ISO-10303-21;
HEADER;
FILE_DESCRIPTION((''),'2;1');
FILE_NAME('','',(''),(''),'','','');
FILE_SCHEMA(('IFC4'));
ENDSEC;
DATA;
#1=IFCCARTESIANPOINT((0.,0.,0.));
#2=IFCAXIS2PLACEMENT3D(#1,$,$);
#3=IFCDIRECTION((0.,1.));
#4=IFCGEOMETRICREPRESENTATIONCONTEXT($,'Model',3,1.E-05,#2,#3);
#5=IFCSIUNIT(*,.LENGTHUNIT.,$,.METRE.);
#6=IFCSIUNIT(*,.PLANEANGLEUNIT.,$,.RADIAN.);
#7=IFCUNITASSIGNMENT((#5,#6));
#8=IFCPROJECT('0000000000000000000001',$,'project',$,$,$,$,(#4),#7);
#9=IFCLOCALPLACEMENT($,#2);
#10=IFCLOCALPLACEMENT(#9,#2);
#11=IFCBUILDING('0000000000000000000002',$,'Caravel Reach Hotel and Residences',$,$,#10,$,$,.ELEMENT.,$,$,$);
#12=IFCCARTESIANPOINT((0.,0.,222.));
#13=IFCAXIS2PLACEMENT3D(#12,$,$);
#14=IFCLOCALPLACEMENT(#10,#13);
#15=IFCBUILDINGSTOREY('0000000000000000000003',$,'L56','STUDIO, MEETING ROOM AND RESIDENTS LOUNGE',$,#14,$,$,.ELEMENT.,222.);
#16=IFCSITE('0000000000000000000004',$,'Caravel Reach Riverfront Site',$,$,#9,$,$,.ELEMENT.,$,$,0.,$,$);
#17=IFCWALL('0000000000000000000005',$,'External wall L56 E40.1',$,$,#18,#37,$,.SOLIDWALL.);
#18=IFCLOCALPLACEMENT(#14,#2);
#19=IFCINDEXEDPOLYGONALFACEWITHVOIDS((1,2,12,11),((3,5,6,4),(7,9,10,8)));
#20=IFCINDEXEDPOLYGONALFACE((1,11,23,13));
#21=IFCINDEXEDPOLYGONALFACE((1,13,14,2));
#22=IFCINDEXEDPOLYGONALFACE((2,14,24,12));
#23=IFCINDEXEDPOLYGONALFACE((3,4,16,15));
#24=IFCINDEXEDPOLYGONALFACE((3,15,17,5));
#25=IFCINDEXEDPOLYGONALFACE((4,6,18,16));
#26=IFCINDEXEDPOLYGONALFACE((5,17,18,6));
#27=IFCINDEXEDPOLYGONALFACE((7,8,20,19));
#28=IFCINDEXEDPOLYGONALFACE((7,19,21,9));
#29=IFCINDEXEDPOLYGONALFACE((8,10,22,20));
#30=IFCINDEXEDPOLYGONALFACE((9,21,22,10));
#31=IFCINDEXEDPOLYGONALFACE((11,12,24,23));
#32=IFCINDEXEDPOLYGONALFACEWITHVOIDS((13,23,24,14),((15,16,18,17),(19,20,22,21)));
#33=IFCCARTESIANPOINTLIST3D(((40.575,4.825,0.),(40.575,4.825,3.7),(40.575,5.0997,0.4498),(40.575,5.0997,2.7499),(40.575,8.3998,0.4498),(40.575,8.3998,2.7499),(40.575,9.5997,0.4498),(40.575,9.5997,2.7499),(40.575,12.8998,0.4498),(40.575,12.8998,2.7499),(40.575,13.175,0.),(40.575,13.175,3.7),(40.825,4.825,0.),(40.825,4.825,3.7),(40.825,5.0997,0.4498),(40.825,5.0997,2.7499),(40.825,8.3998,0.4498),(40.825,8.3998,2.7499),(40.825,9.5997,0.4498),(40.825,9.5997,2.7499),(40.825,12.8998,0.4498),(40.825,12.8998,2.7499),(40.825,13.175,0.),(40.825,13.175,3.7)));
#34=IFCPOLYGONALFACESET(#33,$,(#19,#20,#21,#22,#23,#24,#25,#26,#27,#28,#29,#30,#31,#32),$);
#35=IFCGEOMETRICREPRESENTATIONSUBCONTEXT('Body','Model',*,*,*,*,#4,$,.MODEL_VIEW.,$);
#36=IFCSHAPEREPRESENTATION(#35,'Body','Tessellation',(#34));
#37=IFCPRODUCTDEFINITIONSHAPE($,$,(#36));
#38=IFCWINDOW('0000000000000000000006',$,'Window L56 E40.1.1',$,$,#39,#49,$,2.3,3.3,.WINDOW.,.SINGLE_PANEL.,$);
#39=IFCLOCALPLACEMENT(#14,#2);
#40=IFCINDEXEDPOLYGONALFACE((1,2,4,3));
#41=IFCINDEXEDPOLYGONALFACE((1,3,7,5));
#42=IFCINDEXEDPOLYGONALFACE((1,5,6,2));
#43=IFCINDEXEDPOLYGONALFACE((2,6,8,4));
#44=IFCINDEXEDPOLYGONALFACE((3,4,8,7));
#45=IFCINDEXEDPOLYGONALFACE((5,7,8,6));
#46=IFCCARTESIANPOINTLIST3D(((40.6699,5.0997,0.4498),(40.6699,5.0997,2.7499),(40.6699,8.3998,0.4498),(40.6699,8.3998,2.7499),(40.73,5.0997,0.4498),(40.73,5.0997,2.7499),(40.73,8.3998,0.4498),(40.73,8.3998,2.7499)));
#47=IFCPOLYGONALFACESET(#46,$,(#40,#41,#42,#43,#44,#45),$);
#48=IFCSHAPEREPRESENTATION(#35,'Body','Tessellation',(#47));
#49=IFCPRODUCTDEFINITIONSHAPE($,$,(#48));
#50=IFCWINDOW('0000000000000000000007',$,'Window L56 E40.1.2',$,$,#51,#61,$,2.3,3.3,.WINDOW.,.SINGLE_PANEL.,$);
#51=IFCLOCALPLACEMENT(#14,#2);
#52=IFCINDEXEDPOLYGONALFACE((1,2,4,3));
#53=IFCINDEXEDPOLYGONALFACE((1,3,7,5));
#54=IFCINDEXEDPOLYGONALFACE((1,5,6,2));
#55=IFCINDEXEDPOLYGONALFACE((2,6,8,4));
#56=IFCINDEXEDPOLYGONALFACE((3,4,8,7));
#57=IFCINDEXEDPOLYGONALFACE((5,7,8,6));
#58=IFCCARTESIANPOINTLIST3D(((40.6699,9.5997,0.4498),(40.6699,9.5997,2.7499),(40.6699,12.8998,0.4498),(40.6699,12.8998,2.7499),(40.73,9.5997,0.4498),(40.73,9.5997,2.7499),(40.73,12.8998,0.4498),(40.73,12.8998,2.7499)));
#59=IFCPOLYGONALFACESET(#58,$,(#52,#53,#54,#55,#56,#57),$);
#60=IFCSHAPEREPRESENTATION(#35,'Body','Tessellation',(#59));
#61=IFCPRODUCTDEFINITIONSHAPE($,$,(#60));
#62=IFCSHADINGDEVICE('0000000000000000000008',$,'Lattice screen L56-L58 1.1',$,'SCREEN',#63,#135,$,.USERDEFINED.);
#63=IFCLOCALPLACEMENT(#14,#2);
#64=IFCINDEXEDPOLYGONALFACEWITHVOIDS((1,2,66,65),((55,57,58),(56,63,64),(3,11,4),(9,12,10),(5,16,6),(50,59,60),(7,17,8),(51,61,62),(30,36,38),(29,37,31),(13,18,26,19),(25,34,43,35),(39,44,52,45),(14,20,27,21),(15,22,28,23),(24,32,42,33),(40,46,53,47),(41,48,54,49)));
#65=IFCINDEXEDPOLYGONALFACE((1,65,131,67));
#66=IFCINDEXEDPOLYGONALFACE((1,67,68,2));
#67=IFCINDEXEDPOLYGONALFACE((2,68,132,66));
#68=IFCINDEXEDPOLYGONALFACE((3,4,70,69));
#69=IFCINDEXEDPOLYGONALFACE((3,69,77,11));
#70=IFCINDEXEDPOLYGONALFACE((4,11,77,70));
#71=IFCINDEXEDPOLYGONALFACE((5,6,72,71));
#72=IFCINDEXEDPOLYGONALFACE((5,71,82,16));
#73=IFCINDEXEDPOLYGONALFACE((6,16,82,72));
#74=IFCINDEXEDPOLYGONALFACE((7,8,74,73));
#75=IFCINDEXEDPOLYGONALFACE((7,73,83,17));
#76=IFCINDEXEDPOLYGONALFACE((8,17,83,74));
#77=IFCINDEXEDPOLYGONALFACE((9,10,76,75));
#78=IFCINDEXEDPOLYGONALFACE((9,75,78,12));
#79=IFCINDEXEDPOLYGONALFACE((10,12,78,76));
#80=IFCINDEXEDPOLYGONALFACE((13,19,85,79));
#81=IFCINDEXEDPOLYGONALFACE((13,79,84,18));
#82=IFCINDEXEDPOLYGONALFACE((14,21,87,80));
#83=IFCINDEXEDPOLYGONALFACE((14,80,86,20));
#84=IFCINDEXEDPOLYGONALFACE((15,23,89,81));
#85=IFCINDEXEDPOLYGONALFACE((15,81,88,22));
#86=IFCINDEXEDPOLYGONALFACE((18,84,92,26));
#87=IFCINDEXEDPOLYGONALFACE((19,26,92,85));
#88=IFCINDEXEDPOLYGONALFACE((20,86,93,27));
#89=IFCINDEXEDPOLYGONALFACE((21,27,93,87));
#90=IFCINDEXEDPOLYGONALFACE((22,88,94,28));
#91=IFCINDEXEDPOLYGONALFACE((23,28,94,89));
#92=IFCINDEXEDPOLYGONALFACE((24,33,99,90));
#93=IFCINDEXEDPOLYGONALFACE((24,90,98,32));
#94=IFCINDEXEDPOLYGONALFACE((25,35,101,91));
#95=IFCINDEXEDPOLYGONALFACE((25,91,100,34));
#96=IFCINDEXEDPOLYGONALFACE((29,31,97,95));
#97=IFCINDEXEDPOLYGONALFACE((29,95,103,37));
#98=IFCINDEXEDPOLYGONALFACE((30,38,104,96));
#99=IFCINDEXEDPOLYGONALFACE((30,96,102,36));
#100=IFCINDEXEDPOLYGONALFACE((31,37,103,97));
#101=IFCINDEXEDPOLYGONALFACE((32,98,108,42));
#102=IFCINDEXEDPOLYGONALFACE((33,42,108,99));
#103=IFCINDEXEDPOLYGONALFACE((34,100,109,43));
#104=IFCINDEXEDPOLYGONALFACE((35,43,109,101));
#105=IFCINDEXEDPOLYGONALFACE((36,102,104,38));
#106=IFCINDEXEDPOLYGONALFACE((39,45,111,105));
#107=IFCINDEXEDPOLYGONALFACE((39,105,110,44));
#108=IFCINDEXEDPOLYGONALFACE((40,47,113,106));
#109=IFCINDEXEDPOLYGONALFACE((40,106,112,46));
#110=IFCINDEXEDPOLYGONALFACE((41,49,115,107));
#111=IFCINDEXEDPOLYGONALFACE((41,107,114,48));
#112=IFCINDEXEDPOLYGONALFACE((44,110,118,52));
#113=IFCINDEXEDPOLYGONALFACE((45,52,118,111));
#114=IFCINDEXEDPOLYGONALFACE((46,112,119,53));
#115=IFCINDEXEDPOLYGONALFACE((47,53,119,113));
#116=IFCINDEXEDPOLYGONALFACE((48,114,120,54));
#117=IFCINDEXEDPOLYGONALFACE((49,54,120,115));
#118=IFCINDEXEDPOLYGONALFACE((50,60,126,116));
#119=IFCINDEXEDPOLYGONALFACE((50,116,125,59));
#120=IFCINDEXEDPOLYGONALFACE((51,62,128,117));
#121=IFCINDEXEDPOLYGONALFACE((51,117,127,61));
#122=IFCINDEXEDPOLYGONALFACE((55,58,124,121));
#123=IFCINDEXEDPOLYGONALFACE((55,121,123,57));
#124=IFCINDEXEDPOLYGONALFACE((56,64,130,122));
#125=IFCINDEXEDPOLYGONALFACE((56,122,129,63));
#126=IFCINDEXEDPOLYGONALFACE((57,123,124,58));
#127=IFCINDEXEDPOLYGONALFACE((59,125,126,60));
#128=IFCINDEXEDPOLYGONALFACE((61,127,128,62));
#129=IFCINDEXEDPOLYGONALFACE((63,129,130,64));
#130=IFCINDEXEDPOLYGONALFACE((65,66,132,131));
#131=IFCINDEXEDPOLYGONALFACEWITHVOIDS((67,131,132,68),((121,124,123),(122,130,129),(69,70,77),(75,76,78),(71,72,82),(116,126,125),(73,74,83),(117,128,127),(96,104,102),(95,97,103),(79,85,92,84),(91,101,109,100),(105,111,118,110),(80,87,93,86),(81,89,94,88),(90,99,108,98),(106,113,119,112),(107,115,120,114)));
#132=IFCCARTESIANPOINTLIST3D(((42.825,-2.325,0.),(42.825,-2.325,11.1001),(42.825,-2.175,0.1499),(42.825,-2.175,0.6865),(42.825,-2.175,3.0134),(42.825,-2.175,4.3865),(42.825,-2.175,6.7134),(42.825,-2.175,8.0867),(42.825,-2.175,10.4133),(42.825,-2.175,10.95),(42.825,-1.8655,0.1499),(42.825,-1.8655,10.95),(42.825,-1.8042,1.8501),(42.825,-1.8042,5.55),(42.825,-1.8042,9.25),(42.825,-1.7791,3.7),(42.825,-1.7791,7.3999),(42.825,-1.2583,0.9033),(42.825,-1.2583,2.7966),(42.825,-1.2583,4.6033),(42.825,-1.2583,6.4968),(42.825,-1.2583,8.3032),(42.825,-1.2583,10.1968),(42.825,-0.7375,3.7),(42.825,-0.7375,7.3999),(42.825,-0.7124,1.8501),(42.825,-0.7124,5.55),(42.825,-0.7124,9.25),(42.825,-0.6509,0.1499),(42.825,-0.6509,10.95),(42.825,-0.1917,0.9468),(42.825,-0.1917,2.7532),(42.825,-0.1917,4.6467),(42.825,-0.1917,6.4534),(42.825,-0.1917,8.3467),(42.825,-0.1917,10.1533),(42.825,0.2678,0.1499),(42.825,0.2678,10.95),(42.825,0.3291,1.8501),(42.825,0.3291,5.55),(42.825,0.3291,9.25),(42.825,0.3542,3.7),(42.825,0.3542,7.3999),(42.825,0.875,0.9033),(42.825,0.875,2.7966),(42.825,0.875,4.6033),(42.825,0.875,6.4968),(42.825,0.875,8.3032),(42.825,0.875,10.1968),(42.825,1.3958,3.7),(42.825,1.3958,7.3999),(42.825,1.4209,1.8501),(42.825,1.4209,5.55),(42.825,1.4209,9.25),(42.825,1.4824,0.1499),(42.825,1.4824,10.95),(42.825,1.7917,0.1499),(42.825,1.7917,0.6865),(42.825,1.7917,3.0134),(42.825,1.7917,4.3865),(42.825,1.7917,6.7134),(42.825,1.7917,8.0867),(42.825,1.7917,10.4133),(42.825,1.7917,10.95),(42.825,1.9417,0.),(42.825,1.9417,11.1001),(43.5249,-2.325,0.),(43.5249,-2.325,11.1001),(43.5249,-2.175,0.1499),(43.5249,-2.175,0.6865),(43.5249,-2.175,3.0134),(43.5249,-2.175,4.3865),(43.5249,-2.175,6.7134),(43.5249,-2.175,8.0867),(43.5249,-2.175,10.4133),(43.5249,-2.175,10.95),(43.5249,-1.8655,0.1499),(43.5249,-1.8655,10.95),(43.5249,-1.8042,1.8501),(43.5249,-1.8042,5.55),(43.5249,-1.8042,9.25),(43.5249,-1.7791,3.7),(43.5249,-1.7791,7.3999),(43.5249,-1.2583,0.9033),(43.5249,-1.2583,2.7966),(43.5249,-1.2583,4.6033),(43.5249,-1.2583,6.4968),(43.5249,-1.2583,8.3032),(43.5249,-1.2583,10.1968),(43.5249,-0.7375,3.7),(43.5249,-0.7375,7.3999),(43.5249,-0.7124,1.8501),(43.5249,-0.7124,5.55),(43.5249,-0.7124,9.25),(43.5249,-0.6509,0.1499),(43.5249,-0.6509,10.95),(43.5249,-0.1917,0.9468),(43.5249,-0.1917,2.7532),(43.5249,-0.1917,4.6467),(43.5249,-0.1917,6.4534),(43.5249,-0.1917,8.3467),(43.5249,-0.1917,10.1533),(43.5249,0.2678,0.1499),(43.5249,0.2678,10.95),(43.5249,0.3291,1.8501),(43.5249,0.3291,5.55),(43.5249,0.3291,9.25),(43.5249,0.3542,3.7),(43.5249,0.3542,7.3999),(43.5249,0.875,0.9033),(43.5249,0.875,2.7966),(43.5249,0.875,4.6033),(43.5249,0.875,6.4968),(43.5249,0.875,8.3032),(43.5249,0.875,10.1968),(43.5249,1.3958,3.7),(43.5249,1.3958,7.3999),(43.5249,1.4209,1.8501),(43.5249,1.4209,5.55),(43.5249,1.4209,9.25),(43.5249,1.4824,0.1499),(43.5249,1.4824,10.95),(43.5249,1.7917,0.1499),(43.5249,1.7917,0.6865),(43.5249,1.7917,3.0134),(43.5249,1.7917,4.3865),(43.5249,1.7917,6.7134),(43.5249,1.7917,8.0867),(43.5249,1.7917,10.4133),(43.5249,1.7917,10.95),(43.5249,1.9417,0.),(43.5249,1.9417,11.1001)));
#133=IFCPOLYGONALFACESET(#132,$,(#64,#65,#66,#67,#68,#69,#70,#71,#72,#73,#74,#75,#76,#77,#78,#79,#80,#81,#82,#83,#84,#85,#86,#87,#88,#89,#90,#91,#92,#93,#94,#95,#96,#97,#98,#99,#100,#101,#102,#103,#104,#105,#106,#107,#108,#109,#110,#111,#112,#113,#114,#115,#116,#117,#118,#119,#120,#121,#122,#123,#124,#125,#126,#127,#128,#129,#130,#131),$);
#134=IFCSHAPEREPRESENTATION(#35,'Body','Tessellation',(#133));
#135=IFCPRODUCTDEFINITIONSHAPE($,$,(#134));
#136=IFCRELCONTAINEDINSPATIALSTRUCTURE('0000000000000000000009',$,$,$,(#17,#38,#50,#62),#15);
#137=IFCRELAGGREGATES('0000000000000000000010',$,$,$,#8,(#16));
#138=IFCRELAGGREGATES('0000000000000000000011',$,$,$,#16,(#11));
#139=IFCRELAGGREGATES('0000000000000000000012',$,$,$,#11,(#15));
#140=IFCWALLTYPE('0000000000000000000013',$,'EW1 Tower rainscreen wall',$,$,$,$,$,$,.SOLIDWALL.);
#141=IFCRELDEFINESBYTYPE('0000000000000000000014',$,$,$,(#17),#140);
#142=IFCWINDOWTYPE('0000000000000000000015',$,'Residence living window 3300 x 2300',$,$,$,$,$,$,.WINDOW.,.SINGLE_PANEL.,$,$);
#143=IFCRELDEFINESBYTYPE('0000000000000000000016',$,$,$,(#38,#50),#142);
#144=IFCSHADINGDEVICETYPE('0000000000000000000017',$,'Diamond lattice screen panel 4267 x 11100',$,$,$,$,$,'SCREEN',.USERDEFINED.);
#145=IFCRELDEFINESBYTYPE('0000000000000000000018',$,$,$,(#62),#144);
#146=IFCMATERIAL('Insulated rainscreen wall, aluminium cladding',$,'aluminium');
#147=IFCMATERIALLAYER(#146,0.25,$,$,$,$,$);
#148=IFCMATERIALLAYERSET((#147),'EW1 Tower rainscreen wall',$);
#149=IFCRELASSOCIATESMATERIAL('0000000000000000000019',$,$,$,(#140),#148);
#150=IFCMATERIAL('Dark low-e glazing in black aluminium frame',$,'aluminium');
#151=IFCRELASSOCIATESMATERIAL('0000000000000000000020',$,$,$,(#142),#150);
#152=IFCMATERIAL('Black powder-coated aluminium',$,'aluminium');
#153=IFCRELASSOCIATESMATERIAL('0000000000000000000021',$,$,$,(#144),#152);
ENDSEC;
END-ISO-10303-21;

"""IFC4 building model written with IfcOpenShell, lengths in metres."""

from ifc_helpers import new_model, si_unit, direction, frame, frame_2d, origin, place, context, subcontext, project, spatial, polyline, rectangle, outline, extrude, material, layer, layer_set, type_object, element, fill, save


model = new_model("IFC4")

# Units and contexts
model_context = context("Model", 3, precision=1e-05, world=origin(), true_north=direction((0.0, 1.0)))
body_context = subcontext(model_context, "Body", "Model", "MODEL_VIEW")
ifc_project = project(units=[si_unit("LENGTHUNIT", "METRE"), si_unit("PLANEANGLEUNIT", "RADIAN")], contexts=[model_context])

# Site, building, storey
site_placement = place(None, origin())
site = spatial("IfcSite", under=ifc_project, at=site_placement, Name="Caravel Reach Riverfront Site", CompositionType="ELEMENT", RefElevation=0.0)
building_placement = place(site_placement, origin())
building = spatial("IfcBuilding", under=site, at=building_placement, Name="Caravel Reach Hotel and Residences", CompositionType="ELEMENT")
storey_placement = place(building_placement, frame((0.0, 0.0, 222.0)))
storey = spatial("IfcBuildingStorey", under=building, at=storey_placement, Name="L56", Description="STUDIO, MEETING ROOM AND RESIDENTS LOUNGE", CompositionType="ELEMENT", Elevation=222.0)

# Shared definitions
ifc_material_1 = material(Name="Insulated rainscreen wall, aluminium cladding", Category="aluminium")
ifc_layer = layer(ifc_material_1, 0.25)
ifc_layer_set = layer_set([ifc_layer], Name="EW1 Tower rainscreen wall")
wall_type = type_object("IfcWallType", Name="EW1 Tower rainscreen wall", PredefinedType="SOLIDWALL", material=ifc_layer_set)

# Wall, openings, windows
wall_1_placement = place(storey_placement, frame((40.7, 4.825, 0.0), z_axis=(0.0, 0.0, 1.0), x_axis=(0.0, 1.0, 0.0)))
wall_1 = element("IfcWall", 1, at=wall_1_placement, inside=storey, type_object=wall_type, Name="External wall L56 E40.1", PredefinedType="SOLIDWALL", context=body_context, shape_type="SweptSolid", body=[
    extrude(rectangle(XDim=8.3501, YDim=0.25, at=frame_2d((4.175, 0.0))), origin(), (0.0, 0.0, 1.0), 3.7),
])
opening_1_placement = place(wall_1_placement, frame((0.2749, 0.0, 0.45)))
opening_1 = element("IfcOpeningElement", 2, at=opening_1_placement, cuts=wall_1, PredefinedType="OPENING", context=body_context, shape_type="SweptSolid", body=[
    extrude(rectangle(XDim=3.3, YDim=2.3, at=frame_2d((1.6499, 1.1499))), frame((0.0, 0.135, 0.0), z_axis=(0.0, -1.0, 0.0), x_axis=(1.0, 0.0, 0.0)), (0.0, 0.0, 1.0), 0.27),
])
opening_2_placement = place(wall_1_placement, frame((4.7749, 0.0, 0.45)))
opening_2 = element("IfcOpeningElement", 3, at=opening_2_placement, cuts=wall_1, PredefinedType="OPENING", context=body_context, shape_type="SweptSolid", body=[
    extrude(rectangle(XDim=3.3, YDim=2.3, at=frame_2d((1.6499, 1.1499))), frame((0.0, 0.135, 0.0), z_axis=(0.0, -1.0, 0.0), x_axis=(1.0, 0.0, 0.0)), (0.0, 0.0, 1.0), 0.27),
])
ifc_material_2 = material(Name="Dark low-e glazing in black aluminium frame", Category="aluminium")
window_type_1 = type_object("IfcWindowType", Name="Residence living window 3300 x 2300", PartitioningType="SINGLE_PANEL", PredefinedType="WINDOW", material=ifc_material_2)
window_1_placement = place(opening_1_placement, origin())
window_1 = element("IfcWindow", 4, at=window_1_placement, inside=storey, type_object=window_type_1, Name="Window L56 E40.1.1", OverallHeight=2.3, OverallWidth=3.3, PartitioningType="SINGLE_PANEL", PredefinedType="WINDOW", context=body_context, shape_type="SweptSolid", body=[
    extrude(rectangle(XDim=3.3, YDim=2.3, at=frame_2d((1.6499, 1.1499))), frame((0.0, 0.03, 0.0), z_axis=(0.0, -1.0, 0.0), x_axis=(1.0, 0.0, 0.0)), (0.0, 0.0, 1.0), 0.0601),
])
fill(opening_1, window_1)
window_2_placement = place(opening_2_placement, origin())
window_2 = element("IfcWindow", 5, at=window_2_placement, inside=storey, type_object=window_type_1, Name="Window L56 E40.1.2", OverallHeight=2.3, OverallWidth=3.3, PartitioningType="SINGLE_PANEL", PredefinedType="WINDOW", context=body_context, shape_type="SweptSolid", body=[
    extrude(rectangle(XDim=3.3, YDim=2.3, at=frame_2d((1.6499, 1.1499))), frame((0.0, 0.03, 0.0), z_axis=(0.0, -1.0, 0.0), x_axis=(1.0, 0.0, 0.0)), (0.0, 0.0, 1.0), 0.0601),
])
fill(opening_2, window_2)

# Shading device
ifc_material_3 = material(Name="Black powder-coated aluminium", Category="aluminium")
shading_device_type_1 = type_object("IfcShadingDeviceType", Name="Diamond lattice screen panel 4267 x 11100", ElementType="SCREEN", PredefinedType="USERDEFINED", material=ifc_material_3)
shading_device_1_placement = place(storey_placement, frame((42.825, -2.325, 0.0), z_axis=(1.0, 0.0, 0.0), x_axis=(0.0, 1.0, 0.0)))
element("IfcShadingDevice", 6, at=shading_device_1_placement, inside=storey, type_object=shading_device_type_1, Name="Lattice screen L56-L58 1.1", ObjectType="SCREEN", PredefinedType="USERDEFINED", context=body_context, shape_type="SweptSolid", body=[
    extrude(outline(polyline([(0.0, 0.0), (4.2666, 0.0), (4.2666, 11.1001), (0.0, 11.1001), (0.0, 0.0)]), holes=[polyline([(0.4595, 0.1499), (0.1499, 0.6865), (0.1499, 0.1499), (0.4595, 0.1499)]), polyline([(0.5459, 3.7), (0.1499, 4.3865), (0.1499, 3.0134), (0.5459, 3.7)]), polyline([(0.5459, 7.3999), (0.1499, 8.0867), (0.1499, 6.7134), (0.5459, 7.3999)]), polyline([(0.1499, 10.4133), (0.4595, 10.95), (0.1499, 10.95), (0.1499, 10.4133)]), polyline([(1.0667, 2.7966), (0.5208, 1.8501), (1.0667, 0.9033), (1.6125, 1.8501), (1.0667, 2.7966)]), polyline([(1.0667, 6.4968), (0.5208, 5.55), (1.0667, 4.6033), (1.6125, 5.55), (1.0667, 6.4968)]), polyline([(1.0667, 10.1968), (0.5208, 9.25), (1.0667, 8.3032), (1.6125, 9.25), (1.0667, 10.1968)]), polyline([(2.1333, 0.9468), (1.6741, 0.1499), (2.5928, 0.1499), (2.1333, 0.9468)]), polyline([(2.1333, 4.6467), (1.5874, 3.7), (2.1333, 2.7532), (2.6792, 3.7), (2.1333, 4.6467)]), polyline([(2.1333, 8.3467), (1.5874, 7.3999), (2.1333, 6.4534), (2.6792, 7.3999), (2.1333, 8.3467)]), polyline([(2.1333, 10.1533), (2.5928, 10.95), (1.6741, 10.95), (2.1333, 10.1533)]), polyline([(3.2, 2.7966), (2.6541, 1.8501), (3.2, 0.9033), (3.7458, 1.8501), (3.2, 2.7966)]), polyline([(3.2, 6.4968), (2.6541, 5.55), (3.2, 4.6033), (3.7458, 5.55), (3.2, 6.4968)]), polyline([(3.2, 10.1968), (2.6541, 9.25), (3.2, 8.3032), (3.7458, 9.25), (3.2, 10.1968)]), polyline([(4.1167, 0.6865), (3.8074, 0.1499), (4.1167, 0.1499), (4.1167, 0.6865)]), polyline([(3.7207, 3.7), (4.1167, 3.0134), (4.1167, 4.3865), (3.7207, 3.7)]), polyline([(3.7207, 7.3999), (4.1167, 6.7134), (4.1167, 8.0867), (3.7207, 7.3999)]), polyline([(3.8074, 10.95), (4.1167, 10.4133), (4.1167, 10.95), (3.8074, 10.95)])]), origin(), (0.0, 0.0, 1.0), 0.7),
])

save(model, "model.ifc")
